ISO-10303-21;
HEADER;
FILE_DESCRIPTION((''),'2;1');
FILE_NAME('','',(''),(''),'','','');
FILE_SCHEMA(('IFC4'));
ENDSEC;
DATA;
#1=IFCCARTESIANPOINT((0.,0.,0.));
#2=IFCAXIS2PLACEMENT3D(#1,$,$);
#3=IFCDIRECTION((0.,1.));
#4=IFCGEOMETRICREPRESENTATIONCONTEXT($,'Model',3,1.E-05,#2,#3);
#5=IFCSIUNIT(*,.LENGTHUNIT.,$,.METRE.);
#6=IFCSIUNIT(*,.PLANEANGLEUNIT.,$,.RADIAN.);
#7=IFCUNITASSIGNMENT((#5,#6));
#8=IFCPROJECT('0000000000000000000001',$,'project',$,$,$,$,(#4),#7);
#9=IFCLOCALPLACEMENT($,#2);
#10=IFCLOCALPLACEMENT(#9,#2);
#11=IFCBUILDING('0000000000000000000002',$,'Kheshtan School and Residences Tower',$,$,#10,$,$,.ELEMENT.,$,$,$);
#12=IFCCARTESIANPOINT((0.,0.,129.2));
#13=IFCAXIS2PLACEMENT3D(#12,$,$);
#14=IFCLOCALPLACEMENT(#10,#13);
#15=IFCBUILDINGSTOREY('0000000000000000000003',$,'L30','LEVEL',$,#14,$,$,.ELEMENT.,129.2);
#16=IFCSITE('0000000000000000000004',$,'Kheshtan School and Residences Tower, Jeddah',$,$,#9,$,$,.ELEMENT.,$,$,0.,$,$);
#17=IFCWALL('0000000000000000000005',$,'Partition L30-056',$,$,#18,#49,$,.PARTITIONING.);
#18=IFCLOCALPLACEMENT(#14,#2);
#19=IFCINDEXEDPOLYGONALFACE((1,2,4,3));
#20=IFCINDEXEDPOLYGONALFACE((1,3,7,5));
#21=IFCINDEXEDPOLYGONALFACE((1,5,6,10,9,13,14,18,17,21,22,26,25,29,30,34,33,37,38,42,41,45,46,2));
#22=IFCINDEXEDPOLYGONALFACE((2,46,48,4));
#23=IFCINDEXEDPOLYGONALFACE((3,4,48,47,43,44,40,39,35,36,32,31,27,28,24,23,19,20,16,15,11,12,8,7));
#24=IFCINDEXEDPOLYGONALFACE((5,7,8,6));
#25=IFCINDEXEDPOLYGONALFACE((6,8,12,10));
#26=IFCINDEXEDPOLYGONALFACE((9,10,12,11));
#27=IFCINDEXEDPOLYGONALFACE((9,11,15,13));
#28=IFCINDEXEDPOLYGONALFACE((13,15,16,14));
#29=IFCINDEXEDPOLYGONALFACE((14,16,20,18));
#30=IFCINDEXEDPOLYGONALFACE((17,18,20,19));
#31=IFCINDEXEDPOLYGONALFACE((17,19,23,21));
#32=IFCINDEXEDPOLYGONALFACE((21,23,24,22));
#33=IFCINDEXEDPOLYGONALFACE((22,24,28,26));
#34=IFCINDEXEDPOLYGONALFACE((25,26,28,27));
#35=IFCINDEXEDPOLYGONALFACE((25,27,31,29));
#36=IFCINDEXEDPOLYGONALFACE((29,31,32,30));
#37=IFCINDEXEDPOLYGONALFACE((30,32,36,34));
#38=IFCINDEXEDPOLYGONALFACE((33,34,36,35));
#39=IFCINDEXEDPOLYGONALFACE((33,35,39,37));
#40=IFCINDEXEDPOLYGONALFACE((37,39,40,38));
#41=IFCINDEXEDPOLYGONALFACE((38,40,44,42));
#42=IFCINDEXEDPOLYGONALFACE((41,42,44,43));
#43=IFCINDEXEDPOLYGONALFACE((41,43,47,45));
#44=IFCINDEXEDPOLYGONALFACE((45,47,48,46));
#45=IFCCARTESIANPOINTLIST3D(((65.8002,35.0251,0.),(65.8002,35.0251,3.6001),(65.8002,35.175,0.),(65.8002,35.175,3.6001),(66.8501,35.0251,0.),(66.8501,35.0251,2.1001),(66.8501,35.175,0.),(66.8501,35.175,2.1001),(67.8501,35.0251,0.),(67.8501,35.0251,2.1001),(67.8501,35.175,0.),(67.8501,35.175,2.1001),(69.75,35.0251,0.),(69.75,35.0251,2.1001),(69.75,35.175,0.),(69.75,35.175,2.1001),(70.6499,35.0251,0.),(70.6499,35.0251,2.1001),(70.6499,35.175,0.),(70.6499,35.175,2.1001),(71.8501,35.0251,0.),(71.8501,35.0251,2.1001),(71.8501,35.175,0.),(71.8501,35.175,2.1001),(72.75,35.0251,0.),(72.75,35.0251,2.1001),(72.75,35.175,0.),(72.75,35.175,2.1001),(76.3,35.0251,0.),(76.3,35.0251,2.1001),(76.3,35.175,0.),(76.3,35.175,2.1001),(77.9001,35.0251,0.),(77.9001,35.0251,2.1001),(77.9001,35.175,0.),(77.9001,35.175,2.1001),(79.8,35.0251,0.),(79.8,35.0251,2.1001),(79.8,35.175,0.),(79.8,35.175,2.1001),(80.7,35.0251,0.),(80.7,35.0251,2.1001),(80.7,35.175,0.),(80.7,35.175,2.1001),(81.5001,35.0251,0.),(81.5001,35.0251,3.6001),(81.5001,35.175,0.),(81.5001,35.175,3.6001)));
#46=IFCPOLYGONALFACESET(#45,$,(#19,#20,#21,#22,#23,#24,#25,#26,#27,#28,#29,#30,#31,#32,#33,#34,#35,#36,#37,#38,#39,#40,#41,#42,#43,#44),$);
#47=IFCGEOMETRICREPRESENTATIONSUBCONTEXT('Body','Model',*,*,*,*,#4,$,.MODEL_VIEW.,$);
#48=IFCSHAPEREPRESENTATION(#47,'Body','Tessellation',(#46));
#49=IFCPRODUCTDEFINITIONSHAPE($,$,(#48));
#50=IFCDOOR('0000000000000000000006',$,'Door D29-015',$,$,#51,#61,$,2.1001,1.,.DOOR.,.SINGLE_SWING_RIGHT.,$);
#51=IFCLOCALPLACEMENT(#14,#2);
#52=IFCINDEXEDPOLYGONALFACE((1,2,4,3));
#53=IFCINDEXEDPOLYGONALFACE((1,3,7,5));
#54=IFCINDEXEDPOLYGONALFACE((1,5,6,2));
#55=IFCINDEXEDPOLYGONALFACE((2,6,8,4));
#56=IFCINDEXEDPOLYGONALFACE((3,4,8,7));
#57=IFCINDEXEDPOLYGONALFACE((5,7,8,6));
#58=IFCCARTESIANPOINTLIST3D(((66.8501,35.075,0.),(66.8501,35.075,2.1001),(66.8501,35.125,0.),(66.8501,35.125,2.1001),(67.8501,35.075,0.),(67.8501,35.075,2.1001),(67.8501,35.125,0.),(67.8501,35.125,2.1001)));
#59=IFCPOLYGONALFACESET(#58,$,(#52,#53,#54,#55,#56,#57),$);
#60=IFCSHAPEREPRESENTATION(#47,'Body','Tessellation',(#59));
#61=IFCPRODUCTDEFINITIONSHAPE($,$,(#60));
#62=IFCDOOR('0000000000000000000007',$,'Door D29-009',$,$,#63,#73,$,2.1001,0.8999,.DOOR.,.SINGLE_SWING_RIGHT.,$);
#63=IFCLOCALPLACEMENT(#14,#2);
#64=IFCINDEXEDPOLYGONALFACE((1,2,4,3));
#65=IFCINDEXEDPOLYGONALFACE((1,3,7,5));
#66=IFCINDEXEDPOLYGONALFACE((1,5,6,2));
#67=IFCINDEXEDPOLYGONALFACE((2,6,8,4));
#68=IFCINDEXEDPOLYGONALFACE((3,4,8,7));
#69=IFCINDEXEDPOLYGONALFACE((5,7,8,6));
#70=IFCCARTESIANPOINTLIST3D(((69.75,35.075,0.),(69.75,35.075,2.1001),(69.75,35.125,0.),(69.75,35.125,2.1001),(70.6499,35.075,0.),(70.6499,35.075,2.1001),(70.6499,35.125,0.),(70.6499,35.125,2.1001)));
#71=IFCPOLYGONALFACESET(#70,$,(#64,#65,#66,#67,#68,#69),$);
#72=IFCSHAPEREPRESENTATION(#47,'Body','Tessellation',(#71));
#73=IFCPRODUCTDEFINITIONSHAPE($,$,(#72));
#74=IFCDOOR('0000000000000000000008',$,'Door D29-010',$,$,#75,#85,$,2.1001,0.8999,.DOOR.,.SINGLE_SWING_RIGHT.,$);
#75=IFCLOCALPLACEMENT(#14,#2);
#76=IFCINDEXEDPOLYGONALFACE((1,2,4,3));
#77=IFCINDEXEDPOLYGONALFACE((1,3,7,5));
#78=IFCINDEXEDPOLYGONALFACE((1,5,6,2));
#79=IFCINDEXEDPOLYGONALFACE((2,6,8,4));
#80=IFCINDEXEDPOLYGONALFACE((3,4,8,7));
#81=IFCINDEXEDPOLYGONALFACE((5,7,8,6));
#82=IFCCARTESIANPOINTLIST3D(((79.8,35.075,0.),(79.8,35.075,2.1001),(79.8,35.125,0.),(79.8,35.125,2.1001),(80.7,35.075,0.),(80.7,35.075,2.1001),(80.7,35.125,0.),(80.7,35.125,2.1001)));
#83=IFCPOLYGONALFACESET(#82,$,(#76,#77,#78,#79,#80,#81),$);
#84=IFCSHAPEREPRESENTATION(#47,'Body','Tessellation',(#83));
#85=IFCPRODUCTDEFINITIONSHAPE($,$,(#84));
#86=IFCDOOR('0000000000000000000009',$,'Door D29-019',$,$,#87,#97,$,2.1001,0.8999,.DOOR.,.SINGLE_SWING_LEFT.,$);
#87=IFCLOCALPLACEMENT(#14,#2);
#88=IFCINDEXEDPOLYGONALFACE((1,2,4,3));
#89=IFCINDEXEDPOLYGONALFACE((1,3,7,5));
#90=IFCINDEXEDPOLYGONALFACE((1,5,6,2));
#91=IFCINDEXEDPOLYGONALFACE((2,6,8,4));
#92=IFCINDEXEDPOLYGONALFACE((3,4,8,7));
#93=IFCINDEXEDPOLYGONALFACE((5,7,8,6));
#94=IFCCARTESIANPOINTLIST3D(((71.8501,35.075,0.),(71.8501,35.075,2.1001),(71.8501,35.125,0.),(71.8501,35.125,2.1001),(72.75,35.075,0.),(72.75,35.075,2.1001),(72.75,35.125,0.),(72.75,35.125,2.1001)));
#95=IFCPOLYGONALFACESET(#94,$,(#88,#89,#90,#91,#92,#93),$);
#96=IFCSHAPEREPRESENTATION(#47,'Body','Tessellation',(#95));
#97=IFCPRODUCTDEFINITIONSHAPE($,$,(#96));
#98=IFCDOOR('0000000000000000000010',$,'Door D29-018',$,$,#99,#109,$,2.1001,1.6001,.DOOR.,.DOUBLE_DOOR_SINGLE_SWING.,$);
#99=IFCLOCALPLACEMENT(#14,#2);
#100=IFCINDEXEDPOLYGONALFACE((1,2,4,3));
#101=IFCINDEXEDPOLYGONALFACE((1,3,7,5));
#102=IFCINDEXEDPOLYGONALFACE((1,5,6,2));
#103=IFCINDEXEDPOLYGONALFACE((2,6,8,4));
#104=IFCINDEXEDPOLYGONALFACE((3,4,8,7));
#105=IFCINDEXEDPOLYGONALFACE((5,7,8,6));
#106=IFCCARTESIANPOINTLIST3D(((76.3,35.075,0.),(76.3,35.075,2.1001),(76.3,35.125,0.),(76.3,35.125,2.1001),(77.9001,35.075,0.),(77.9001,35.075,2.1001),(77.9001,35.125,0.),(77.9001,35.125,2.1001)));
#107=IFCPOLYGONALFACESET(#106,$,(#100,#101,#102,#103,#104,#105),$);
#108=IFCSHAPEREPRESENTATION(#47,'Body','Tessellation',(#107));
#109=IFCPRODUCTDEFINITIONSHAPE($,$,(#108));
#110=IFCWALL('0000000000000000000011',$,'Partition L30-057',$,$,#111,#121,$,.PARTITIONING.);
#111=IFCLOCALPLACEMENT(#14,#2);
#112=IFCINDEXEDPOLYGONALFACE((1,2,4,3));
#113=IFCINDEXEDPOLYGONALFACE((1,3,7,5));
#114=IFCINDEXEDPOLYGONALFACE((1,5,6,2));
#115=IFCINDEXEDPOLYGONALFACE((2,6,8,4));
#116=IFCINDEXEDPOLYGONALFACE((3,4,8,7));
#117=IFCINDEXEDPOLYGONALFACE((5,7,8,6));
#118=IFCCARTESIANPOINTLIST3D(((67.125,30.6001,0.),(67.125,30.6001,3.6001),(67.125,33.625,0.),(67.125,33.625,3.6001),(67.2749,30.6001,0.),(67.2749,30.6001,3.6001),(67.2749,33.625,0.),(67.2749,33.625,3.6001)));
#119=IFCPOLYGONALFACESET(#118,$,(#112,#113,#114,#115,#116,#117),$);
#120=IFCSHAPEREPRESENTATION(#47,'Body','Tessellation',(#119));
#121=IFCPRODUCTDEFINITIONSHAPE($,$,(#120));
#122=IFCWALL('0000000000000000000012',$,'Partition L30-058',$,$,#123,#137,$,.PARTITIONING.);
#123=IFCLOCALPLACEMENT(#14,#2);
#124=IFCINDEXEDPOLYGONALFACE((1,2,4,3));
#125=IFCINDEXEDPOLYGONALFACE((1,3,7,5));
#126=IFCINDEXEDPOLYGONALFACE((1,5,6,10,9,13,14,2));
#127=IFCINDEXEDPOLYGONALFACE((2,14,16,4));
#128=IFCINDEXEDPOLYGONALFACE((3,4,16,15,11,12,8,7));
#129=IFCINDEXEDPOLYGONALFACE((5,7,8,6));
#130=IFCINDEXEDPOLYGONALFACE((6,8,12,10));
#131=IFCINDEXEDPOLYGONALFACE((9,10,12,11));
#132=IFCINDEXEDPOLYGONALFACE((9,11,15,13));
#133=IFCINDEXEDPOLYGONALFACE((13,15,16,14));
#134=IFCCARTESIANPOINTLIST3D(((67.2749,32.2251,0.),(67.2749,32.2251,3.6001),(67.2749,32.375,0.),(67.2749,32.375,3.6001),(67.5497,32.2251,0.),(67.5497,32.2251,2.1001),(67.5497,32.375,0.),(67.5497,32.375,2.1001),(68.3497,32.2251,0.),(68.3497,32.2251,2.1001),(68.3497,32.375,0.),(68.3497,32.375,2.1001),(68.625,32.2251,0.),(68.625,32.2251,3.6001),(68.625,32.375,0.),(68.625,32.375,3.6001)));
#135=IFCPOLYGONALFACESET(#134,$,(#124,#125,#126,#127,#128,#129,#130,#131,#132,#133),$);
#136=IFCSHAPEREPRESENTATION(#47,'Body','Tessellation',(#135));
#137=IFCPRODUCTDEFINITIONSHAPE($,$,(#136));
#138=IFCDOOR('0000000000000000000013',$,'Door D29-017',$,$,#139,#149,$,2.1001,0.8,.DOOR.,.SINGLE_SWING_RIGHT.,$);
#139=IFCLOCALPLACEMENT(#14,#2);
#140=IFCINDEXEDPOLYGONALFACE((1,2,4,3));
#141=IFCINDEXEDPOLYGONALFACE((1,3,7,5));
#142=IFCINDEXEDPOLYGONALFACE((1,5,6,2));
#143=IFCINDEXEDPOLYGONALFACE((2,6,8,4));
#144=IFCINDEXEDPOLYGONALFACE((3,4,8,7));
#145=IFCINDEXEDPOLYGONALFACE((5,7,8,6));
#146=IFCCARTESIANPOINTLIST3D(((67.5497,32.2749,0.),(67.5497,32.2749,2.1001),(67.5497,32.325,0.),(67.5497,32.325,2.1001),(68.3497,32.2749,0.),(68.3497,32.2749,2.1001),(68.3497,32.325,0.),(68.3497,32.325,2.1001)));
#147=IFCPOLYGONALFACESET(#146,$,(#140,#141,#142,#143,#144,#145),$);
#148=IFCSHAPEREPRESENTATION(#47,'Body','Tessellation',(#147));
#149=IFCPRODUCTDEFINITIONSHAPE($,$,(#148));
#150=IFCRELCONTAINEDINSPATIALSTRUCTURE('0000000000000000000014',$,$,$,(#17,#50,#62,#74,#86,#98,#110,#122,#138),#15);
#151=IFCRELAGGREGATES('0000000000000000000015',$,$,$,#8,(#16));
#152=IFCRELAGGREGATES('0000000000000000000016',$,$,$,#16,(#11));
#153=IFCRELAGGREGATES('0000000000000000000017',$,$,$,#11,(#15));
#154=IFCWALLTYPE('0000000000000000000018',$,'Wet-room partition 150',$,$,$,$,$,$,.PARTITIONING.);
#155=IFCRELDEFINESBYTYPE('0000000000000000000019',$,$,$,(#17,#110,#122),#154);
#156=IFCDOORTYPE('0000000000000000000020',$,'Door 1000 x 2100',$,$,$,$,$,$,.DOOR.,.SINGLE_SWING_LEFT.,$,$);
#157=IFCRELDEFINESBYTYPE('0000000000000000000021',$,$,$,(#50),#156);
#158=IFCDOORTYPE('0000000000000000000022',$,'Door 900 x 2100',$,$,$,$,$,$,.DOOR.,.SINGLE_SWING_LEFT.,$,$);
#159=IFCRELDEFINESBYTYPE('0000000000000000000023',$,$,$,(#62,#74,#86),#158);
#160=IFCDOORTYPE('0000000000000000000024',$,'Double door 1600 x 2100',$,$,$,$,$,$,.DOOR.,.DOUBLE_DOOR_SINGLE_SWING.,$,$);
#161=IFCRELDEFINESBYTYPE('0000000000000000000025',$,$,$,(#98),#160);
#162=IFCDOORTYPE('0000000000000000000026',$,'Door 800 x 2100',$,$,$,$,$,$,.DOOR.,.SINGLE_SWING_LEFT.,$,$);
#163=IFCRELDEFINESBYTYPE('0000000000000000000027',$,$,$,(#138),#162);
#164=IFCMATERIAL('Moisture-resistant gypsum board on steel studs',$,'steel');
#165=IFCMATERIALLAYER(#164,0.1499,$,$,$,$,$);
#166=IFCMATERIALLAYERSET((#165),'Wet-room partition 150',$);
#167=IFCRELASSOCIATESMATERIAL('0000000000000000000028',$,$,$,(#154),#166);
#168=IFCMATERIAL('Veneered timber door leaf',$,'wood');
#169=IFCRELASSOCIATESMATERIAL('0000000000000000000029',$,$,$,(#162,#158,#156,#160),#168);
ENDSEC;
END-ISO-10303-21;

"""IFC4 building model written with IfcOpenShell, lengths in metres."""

from ifc_helpers import new_model, si_unit, direction, frame, frame_2d, origin, place, context, subcontext, project, spatial, rectangle, extrude, source, transform, mapped, material, layer, layer_set, type_object, element, fill, save


model = new_model("IFC4")

# Units and contexts
model_context = context("Model", 3, precision=1e-05, world=origin(), true_north=direction((0.0, 1.0)))
body_context = subcontext(model_context, "Body", "Model", "MODEL_VIEW")
ifc_project = project(units=[si_unit("LENGTHUNIT", "METRE"), si_unit("PLANEANGLEUNIT", "RADIAN")], contexts=[model_context])

# Site, building, storey
site_placement = place(None, origin())
site = spatial("IfcSite", under=ifc_project, at=site_placement, Name="Kheshtan School and Residences Tower, Jeddah", CompositionType="ELEMENT", RefElevation=0.0)
building_placement = place(site_placement, origin())
building = spatial("IfcBuilding", under=site, at=building_placement, Name="Kheshtan School and Residences Tower", CompositionType="ELEMENT")
storey_placement = place(building_placement, frame((0.0, 0.0, 129.2)))
storey = spatial("IfcBuildingStorey", under=building, at=storey_placement, Name="L30", Description="LEVEL", CompositionType="ELEMENT", Elevation=129.2)

# Wall, openings, doors
ifc_material_1 = material(Name="Moisture-resistant gypsum board on steel studs", Category="steel")
ifc_layer_1 = layer(ifc_material_1, 0.1499)
ifc_layer_set_1 = layer_set([ifc_layer_1], Name="Wet-room partition 150")
wall_type_1 = type_object("IfcWallType", Name="Wet-room partition 150", PredefinedType="PARTITIONING", material=ifc_layer_set_1)
ifc_material_2 = material(Name="Veneered timber door leaf", Category="wood")
door_type_1 = type_object("IfcDoorType", Name="Door 800 x 2100", OperationType="SINGLE_SWING_LEFT", PredefinedType="DOOR", material=ifc_material_2)
shared_shape_1 = source(origin(), body_context, "Body", "SweptSolid", [
    extrude(rectangle(XDim=0.8, YDim=2.1001, at=frame_2d((0.3999, 1.05))), frame((0.0, 0.0249, 0.0), z_axis=(0.0, -1.0, 0.0), x_axis=(1.0, 0.0, 0.0)), (0.0, 0.0, 1.0), 0.05),
])
door_type_2 = type_object("IfcDoorType", Name="Door 900 x 2100", OperationType="SINGLE_SWING_LEFT", PredefinedType="DOOR", material=ifc_material_2)
shared_shape_2 = source(origin(), body_context, "Body", "SweptSolid", [
    extrude(rectangle(XDim=0.8999, YDim=2.1001, at=frame_2d((0.45, 1.05))), frame((0.0, 0.0249, 0.0), z_axis=(0.0, -1.0, 0.0), x_axis=(1.0, 0.0, 0.0)), (0.0, 0.0, 1.0), 0.05),
])
wall_1_placement = place(storey_placement, frame((65.8, 35.1001, 0.0), z_axis=(0.0, 0.0, 1.0), x_axis=(1.0, 0.0, 0.0)))
wall_1 = element("IfcWall", 1, at=wall_1_placement, inside=storey, type_object=wall_type_1, Name="Partition L30-056", PredefinedType="PARTITIONING", context=body_context, shape_type="SweptSolid", body=[
    extrude(rectangle(XDim=15.7, YDim=0.1499, at=frame_2d((7.8501, 0.0))), origin(), (0.0, 0.0, 1.0), 3.6001),
])
opening_1_placement = place(wall_1_placement, frame((3.95, 0.0, 0.0)))
opening_1 = element("IfcOpeningElement", 2, at=opening_1_placement, cuts=wall_1, PredefinedType="OPENING", context=body_context, shape_type="SweptSolid", body=[
    extrude(rectangle(XDim=0.8999, YDim=2.1001, at=frame_2d((0.45, 1.05))), frame((0.0, 0.085, 0.0), z_axis=(0.0, -1.0, 0.0), x_axis=(1.0, 0.0, 0.0)), (0.0, 0.0, 1.0), 0.1699),
])
opening_2_placement = place(wall_1_placement, frame((14.0, 0.0, 0.0)))
opening_2 = element("IfcOpeningElement", 3, at=opening_2_placement, cuts=wall_1, PredefinedType="OPENING", context=body_context, shape_type="SweptSolid", body=[
    extrude(rectangle(XDim=0.8999, YDim=2.1001, at=frame_2d((0.45, 1.05))), frame((0.0, 0.085, 0.0), z_axis=(0.0, -1.0, 0.0), x_axis=(1.0, 0.0, 0.0)), (0.0, 0.0, 1.0), 0.1699),
])
opening_3_placement = place(wall_1_placement, frame((1.05, 0.0, 0.0)))
opening_3 = element("IfcOpeningElement", 4, at=opening_3_placement, cuts=wall_1, PredefinedType="OPENING", context=body_context, shape_type="SweptSolid", body=[
    extrude(rectangle(XDim=1.0, YDim=2.1001, at=frame_2d((0.5, 1.05))), frame((0.0, 0.085, 0.0), z_axis=(0.0, -1.0, 0.0), x_axis=(1.0, 0.0, 0.0)), (0.0, 0.0, 1.0), 0.1699),
])
opening_4_placement = place(wall_1_placement, frame((10.5, 0.0, 0.0)))
opening_4 = element("IfcOpeningElement", 5, at=opening_4_placement, cuts=wall_1, PredefinedType="OPENING", context=body_context, shape_type="SweptSolid", body=[
    extrude(rectangle(XDim=1.6001, YDim=2.1001, at=frame_2d((0.8, 1.05))), frame((0.0, 0.085, 0.0), z_axis=(0.0, -1.0, 0.0), x_axis=(1.0, 0.0, 0.0)), (0.0, 0.0, 1.0), 0.1699),
])
opening_5_placement = place(wall_1_placement, frame((6.05, 0.0, 0.0)))
opening_5 = element("IfcOpeningElement", 6, at=opening_5_placement, cuts=wall_1, PredefinedType="OPENING", context=body_context, shape_type="SweptSolid", body=[
    extrude(rectangle(XDim=0.8999, YDim=2.1001, at=frame_2d((0.45, 1.05))), frame((0.0, 0.085, 0.0), z_axis=(0.0, -1.0, 0.0), x_axis=(1.0, 0.0, 0.0)), (0.0, 0.0, 1.0), 0.1699),
])
door_type_3 = type_object("IfcDoorType", Name="Door 1000 x 2100", OperationType="SINGLE_SWING_LEFT", PredefinedType="DOOR", material=ifc_material_2)
shared_shape_3 = source(origin(), body_context, "Body", "SweptSolid", [
    extrude(rectangle(XDim=1.0, YDim=2.1001, at=frame_2d((0.5, 1.05))), frame((0.0, 0.0249, 0.0), z_axis=(0.0, -1.0, 0.0), x_axis=(1.0, 0.0, 0.0)), (0.0, 0.0, 1.0), 0.05),
])
door_1_placement = place(opening_3_placement, origin())
door_1 = element("IfcDoor", 7, at=door_1_placement, inside=storey, type_object=door_type_3, Name="Door D29-015", OperationType="SINGLE_SWING_RIGHT", OverallHeight=2.1001, OverallWidth=1.0, PredefinedType="DOOR", context=body_context, shape_type="MappedRepresentation", body=[
    mapped(shared_shape_3, transform((0.0, 0.0, 0.0), x_axis=(1.0, 0.0, 0.0), y_axis=(0.0, 1.0, 0.0), z_axis=(0.0, 0.0, 1.0), scale=1.0)),
])
fill(opening_3, door_1)
door_2_placement = place(opening_1_placement, origin())
door_2 = element("IfcDoor", 8, at=door_2_placement, inside=storey, type_object=door_type_2, Name="Door D29-009", OperationType="SINGLE_SWING_RIGHT", OverallHeight=2.1001, OverallWidth=0.8999, PredefinedType="DOOR", context=body_context, shape_type="MappedRepresentation", body=[
    mapped(shared_shape_2, transform((0.0, 0.0, 0.0), x_axis=(1.0, 0.0, 0.0), y_axis=(0.0, 1.0, 0.0), z_axis=(0.0, 0.0, 1.0), scale=1.0)),
])
fill(opening_1, door_2)
door_3_placement = place(opening_2_placement, origin())
door_3 = element("IfcDoor", 9, at=door_3_placement, inside=storey, type_object=door_type_2, Name="Door D29-010", OperationType="SINGLE_SWING_RIGHT", OverallHeight=2.1001, OverallWidth=0.8999, PredefinedType="DOOR", context=body_context, shape_type="MappedRepresentation", body=[
    mapped(shared_shape_2, transform((0.0, 0.0, 0.0), x_axis=(1.0, 0.0, 0.0), y_axis=(0.0, 1.0, 0.0), z_axis=(0.0, 0.0, 1.0), scale=1.0)),
])
fill(opening_2, door_3)
door_4_placement = place(opening_5_placement, origin())
door_4 = element("IfcDoor", 10, at=door_4_placement, inside=storey, type_object=door_type_2, Name="Door D29-019", OperationType="SINGLE_SWING_LEFT", OverallHeight=2.1001, OverallWidth=0.8999, PredefinedType="DOOR", context=body_context, shape_type="MappedRepresentation", body=[
    mapped(shared_shape_2, transform((0.0, 0.0, 0.0), x_axis=(1.0, 0.0, 0.0), y_axis=(0.0, 1.0, 0.0), z_axis=(0.0, 0.0, 1.0), scale=1.0)),
])
fill(opening_5, door_4)
door_type_4 = type_object("IfcDoorType", Name="Double door 1600 x 2100", OperationType="DOUBLE_DOOR_SINGLE_SWING", PredefinedType="DOOR", material=ifc_material_2)
shared_shape_4 = source(origin(), body_context, "Body", "SweptSolid", [
    extrude(rectangle(XDim=1.6001, YDim=2.1001, at=frame_2d((0.8, 1.05))), frame((0.0, 0.0249, 0.0), z_axis=(0.0, -1.0, 0.0), x_axis=(1.0, 0.0, 0.0)), (0.0, 0.0, 1.0), 0.05),
])
door_5_placement = place(opening_4_placement, origin())
door_5 = element("IfcDoor", 11, at=door_5_placement, inside=storey, type_object=door_type_4, Name="Door D29-018", OperationType="DOUBLE_DOOR_SINGLE_SWING", OverallHeight=2.1001, OverallWidth=1.6001, PredefinedType="DOOR", context=body_context, shape_type="MappedRepresentation", body=[
    mapped(shared_shape_4, transform((0.0, 0.0, 0.0), x_axis=(1.0, 0.0, 0.0), y_axis=(0.0, 1.0, 0.0), z_axis=(0.0, 0.0, 1.0), scale=1.0)),
])
fill(opening_4, door_5)

# Wall
wall_2_placement = place(storey_placement, frame((67.2, 30.6001, 0.0), z_axis=(0.0, 0.0, 1.0), x_axis=(0.0, 1.0, 0.0)))
element("IfcWall", 12, at=wall_2_placement, inside=storey, type_object=wall_type_1, Name="Partition L30-057", PredefinedType="PARTITIONING", context=body_context, shape_type="SweptSolid", body=[
    extrude(rectangle(XDim=3.0249, YDim=0.1499, at=frame_2d((1.5125, 0.0))), origin(), (0.0, 0.0, 1.0), 3.6001),
])

# Wall, opening, door
wall_3_placement = place(storey_placement, frame((67.2749, 32.3, 0.0), z_axis=(0.0, 0.0, 1.0), x_axis=(1.0, 0.0, 0.0)))
wall_3 = element("IfcWall", 13, at=wall_3_placement, inside=storey, type_object=wall_type_1, Name="Partition L30-058", PredefinedType="PARTITIONING", context=body_context, shape_type="SweptSolid", body=[
    extrude(rectangle(XDim=1.3501, YDim=0.1499, at=frame_2d((0.675, 0.0))), origin(), (0.0, 0.0, 1.0), 3.6001),
])
opening_6_placement = place(wall_3_placement, frame((0.2749, 0.0, 0.0)))
opening_6 = element("IfcOpeningElement", 14, at=opening_6_placement, cuts=wall_3, PredefinedType="OPENING", context=body_context, shape_type="SweptSolid", body=[
    extrude(rectangle(XDim=0.8, YDim=2.1001, at=frame_2d((0.3999, 1.05))), frame((0.0, 0.085, 0.0), z_axis=(0.0, -1.0, 0.0), x_axis=(1.0, 0.0, 0.0)), (0.0, 0.0, 1.0), 0.1699),
])
door_6_placement = place(opening_6_placement, origin())
door_6 = element("IfcDoor", 15, at=door_6_placement, inside=storey, type_object=door_type_1, Name="Door D29-017", OperationType="SINGLE_SWING_RIGHT", OverallHeight=2.1001, OverallWidth=0.8, PredefinedType="DOOR", context=body_context, shape_type="MappedRepresentation", body=[
    mapped(shared_shape_1, transform((0.0, 0.0, 0.0), x_axis=(1.0, 0.0, 0.0), y_axis=(0.0, 1.0, 0.0), z_axis=(0.0, 0.0, 1.0), scale=1.0)),
])
fill(opening_6, door_6)

save(model, "model.ifc")
